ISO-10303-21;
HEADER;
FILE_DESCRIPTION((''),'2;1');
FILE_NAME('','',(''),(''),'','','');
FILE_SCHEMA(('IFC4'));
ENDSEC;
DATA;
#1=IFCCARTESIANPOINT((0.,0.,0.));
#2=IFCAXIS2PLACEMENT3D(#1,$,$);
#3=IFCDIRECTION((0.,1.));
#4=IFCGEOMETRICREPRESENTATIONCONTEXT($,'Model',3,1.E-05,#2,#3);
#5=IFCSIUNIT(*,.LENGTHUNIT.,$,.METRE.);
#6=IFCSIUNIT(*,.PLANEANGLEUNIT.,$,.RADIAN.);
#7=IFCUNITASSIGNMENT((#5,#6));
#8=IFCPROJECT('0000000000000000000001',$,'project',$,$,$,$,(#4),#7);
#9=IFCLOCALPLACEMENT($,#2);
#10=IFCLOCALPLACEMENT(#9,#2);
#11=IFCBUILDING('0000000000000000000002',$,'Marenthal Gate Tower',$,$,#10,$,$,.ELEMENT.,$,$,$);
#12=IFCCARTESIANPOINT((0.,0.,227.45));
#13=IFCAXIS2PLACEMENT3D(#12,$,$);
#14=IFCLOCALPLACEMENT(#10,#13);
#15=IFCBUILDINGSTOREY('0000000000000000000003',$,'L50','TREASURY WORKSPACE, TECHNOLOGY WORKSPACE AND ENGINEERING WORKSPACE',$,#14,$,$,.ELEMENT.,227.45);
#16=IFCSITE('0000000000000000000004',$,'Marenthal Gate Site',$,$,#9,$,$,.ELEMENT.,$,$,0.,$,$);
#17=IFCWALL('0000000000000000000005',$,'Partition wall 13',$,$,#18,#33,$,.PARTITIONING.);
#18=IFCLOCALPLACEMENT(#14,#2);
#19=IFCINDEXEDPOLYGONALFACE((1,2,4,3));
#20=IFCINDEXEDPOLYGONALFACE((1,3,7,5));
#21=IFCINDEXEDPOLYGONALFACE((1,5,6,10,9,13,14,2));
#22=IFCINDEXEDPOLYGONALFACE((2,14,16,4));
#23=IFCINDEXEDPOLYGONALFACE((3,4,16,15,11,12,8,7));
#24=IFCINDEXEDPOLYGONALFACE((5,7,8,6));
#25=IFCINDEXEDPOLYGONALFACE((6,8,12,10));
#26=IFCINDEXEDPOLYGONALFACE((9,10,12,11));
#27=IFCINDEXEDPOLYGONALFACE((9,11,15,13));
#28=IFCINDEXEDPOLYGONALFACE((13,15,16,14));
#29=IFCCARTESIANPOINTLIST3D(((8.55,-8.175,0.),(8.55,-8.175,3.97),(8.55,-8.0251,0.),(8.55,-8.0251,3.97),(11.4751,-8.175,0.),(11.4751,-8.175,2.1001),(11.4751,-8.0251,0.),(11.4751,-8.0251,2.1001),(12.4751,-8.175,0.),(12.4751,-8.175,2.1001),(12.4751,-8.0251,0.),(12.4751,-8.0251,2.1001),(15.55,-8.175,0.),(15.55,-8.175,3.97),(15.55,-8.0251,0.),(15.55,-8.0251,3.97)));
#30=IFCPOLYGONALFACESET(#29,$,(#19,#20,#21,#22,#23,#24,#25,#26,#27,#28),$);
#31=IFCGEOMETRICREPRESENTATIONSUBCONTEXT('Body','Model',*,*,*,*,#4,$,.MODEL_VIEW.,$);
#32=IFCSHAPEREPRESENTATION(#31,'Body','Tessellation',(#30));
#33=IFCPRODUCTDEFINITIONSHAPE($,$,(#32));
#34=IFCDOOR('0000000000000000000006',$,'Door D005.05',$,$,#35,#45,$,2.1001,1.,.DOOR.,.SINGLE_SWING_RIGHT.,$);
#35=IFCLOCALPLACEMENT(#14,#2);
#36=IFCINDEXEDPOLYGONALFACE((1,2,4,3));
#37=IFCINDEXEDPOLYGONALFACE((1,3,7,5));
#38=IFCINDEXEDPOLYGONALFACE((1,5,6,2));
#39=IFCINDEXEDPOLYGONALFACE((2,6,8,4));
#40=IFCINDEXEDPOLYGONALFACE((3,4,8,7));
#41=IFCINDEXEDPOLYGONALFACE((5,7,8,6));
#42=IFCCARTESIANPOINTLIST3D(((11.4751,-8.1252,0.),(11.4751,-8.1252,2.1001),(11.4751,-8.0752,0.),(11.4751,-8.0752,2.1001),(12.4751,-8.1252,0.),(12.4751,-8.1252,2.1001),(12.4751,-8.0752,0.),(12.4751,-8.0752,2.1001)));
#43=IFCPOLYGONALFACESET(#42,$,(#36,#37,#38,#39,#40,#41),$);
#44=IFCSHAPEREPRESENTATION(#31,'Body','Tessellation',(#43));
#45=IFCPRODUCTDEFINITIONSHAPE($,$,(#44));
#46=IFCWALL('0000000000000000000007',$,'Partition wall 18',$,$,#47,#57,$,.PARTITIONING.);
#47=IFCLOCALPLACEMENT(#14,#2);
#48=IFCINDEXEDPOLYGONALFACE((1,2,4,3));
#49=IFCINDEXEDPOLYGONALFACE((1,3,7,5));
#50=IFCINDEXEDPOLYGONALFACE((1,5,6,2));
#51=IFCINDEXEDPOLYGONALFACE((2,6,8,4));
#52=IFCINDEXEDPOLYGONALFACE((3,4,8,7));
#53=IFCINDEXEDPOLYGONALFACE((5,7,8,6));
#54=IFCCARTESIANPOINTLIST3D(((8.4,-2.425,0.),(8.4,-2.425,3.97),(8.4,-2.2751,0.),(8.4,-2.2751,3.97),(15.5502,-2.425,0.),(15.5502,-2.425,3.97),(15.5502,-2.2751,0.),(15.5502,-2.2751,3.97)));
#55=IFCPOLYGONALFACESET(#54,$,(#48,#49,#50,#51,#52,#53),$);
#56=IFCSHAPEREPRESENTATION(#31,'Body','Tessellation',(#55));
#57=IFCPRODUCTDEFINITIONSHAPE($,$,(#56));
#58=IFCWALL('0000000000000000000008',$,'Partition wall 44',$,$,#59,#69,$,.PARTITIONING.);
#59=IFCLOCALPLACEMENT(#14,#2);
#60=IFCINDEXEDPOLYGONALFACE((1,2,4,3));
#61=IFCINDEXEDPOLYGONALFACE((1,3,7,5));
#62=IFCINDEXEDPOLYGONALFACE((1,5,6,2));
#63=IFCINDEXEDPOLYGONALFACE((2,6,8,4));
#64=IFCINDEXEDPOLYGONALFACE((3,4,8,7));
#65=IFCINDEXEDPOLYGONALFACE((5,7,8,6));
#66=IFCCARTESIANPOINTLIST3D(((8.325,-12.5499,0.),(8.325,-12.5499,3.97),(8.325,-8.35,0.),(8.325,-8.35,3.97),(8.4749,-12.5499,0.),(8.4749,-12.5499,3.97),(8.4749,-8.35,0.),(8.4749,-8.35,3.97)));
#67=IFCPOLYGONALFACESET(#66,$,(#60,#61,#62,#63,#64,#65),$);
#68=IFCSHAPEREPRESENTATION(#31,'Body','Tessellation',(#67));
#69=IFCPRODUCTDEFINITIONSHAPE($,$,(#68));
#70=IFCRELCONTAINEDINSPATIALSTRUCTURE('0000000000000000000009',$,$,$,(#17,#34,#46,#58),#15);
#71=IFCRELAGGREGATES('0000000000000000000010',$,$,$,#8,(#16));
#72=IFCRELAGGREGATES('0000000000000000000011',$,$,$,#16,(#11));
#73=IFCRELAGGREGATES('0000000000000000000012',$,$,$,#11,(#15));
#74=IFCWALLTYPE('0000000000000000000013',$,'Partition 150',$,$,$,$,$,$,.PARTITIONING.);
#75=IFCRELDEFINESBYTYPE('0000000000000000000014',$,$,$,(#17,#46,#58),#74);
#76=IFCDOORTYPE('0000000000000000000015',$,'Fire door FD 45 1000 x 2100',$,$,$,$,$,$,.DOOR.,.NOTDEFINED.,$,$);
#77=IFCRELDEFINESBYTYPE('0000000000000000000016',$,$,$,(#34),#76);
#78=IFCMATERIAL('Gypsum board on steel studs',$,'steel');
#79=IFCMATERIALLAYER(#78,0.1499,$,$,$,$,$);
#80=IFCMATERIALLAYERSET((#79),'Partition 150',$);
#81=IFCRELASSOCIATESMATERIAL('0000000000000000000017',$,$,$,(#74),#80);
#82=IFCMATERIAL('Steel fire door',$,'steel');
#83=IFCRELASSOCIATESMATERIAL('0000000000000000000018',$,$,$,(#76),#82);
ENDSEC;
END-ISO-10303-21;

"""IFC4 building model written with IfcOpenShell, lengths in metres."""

from ifc_helpers import new_model, si_unit, direction, frame, frame_2d, origin, place, context, subcontext, project, spatial, rectangle, extrude, material, layer, layer_set, type_object, element, fill, save


model = new_model("IFC4")

# Units and contexts
model_context = context("Model", 3, precision=1e-05, world=origin(), true_north=direction((0.0, 1.0)))
body_context = subcontext(model_context, "Body", "Model", "MODEL_VIEW")
ifc_project = project(units=[si_unit("LENGTHUNIT", "METRE"), si_unit("PLANEANGLEUNIT", "RADIAN")], contexts=[model_context])

# Site, building, storey
site_placement = place(None, origin())
site = spatial("IfcSite", under=ifc_project, at=site_placement, Name="Marenthal Gate Site", CompositionType="ELEMENT", RefElevation=0.0)
building_placement = place(site_placement, origin())
building = spatial("IfcBuilding", under=site, at=building_placement, Name="Marenthal Gate Tower", CompositionType="ELEMENT")
storey_placement = place(building_placement, frame((0.0, 0.0, 227.45)))
storey = spatial("IfcBuildingStorey", under=building, at=storey_placement, Name="L50", Description="TREASURY WORKSPACE, TECHNOLOGY WORKSPACE AND ENGINEERING WORKSPACE", CompositionType="ELEMENT", Elevation=227.45)

# Wall, opening, door
ifc_material_1 = material(Name="Gypsum board on steel studs", Category="steel")
ifc_layer_1 = layer(ifc_material_1, 0.1499)
ifc_layer_set_1 = layer_set([ifc_layer_1], Name="Partition 150")
wall_type_1 = type_object("IfcWallType", Name="Partition 150", PredefinedType="PARTITIONING", material=ifc_layer_set_1)
ifc_material_2 = material(Name="Steel fire door", Category="steel")
door_type_1 = type_object("IfcDoorType", Name="Fire door FD 45 1000 x 2100", OperationType="NOTDEFINED", PredefinedType="DOOR", material=ifc_material_2)
wall_1_placement = place(storey_placement, frame((8.55, -8.1001, 0.0), z_axis=(0.0, 0.0, 1.0), x_axis=(1.0, 0.0, 0.0)))
wall_1 = element("IfcWall", 1, at=wall_1_placement, inside=storey, type_object=wall_type_1, Name="Partition wall 13", PredefinedType="PARTITIONING", context=body_context, shape_type="SweptSolid", body=[
    extrude(rectangle(XDim=7.0, YDim=0.1499, at=frame_2d((3.5, 0.0))), origin(), (0.0, 0.0, 1.0), 3.97),
])
opening_1_placement = place(wall_1_placement, frame((2.925, 0.0, 0.0)))
opening_1 = element("IfcOpeningElement", 2, at=opening_1_placement, cuts=wall_1, PredefinedType="OPENING", context=body_context, shape_type="SweptSolid", body=[
    extrude(rectangle(XDim=1.0, YDim=2.1001, at=frame_2d((0.5, 1.05))), frame((0.0, 0.085, 0.0), z_axis=(0.0, -1.0, 0.0), x_axis=(1.0, 0.0, 0.0)), (0.0, 0.0, 1.0), 0.1699),
])
door_1_placement = place(opening_1_placement, origin())
door_1 = element("IfcDoor", 3, at=door_1_placement, inside=storey, type_object=door_type_1, Name="Door D005.05", OperationType="SINGLE_SWING_RIGHT", OverallHeight=2.1001, OverallWidth=1.0, PredefinedType="DOOR", context=body_context, shape_type="SweptSolid", body=[
    extrude(rectangle(XDim=1.0, YDim=2.1001, at=frame_2d((0.5, 1.05))), frame((0.0, 0.0249, 0.0), z_axis=(0.0, -1.0, 0.0), x_axis=(1.0, 0.0, 0.0)), (0.0, 0.0, 1.0), 0.05),
])
fill(opening_1, door_1)

# Walls
wall_2_placement = place(storey_placement, frame((8.3999, -2.3501, 0.0), z_axis=(0.0, 0.0, 1.0), x_axis=(1.0, 0.0, 0.0)))
element("IfcWall", 4, at=wall_2_placement, inside=storey, type_object=wall_type_1, Name="Partition wall 18", PredefinedType="PARTITIONING", context=body_context, shape_type="SweptSolid", body=[
    extrude(rectangle(XDim=7.1501, YDim=0.1499, at=frame_2d((3.5752, 0.0))), origin(), (0.0, 0.0, 1.0), 3.97),
])
wall_3_placement = place(storey_placement, frame((8.3999, -12.55, 0.0), z_axis=(0.0, 0.0, 1.0), x_axis=(0.0, 1.0, 0.0)))
element("IfcWall", 5, at=wall_3_placement, inside=storey, type_object=wall_type_1, Name="Partition wall 44", PredefinedType="PARTITIONING", context=body_context, shape_type="SweptSolid", body=[
    extrude(rectangle(XDim=4.2, YDim=0.1499, at=frame_2d((2.1001, 0.0))), origin(), (0.0, 0.0, 1.0), 3.97),
])

save(model, "model.ifc")
